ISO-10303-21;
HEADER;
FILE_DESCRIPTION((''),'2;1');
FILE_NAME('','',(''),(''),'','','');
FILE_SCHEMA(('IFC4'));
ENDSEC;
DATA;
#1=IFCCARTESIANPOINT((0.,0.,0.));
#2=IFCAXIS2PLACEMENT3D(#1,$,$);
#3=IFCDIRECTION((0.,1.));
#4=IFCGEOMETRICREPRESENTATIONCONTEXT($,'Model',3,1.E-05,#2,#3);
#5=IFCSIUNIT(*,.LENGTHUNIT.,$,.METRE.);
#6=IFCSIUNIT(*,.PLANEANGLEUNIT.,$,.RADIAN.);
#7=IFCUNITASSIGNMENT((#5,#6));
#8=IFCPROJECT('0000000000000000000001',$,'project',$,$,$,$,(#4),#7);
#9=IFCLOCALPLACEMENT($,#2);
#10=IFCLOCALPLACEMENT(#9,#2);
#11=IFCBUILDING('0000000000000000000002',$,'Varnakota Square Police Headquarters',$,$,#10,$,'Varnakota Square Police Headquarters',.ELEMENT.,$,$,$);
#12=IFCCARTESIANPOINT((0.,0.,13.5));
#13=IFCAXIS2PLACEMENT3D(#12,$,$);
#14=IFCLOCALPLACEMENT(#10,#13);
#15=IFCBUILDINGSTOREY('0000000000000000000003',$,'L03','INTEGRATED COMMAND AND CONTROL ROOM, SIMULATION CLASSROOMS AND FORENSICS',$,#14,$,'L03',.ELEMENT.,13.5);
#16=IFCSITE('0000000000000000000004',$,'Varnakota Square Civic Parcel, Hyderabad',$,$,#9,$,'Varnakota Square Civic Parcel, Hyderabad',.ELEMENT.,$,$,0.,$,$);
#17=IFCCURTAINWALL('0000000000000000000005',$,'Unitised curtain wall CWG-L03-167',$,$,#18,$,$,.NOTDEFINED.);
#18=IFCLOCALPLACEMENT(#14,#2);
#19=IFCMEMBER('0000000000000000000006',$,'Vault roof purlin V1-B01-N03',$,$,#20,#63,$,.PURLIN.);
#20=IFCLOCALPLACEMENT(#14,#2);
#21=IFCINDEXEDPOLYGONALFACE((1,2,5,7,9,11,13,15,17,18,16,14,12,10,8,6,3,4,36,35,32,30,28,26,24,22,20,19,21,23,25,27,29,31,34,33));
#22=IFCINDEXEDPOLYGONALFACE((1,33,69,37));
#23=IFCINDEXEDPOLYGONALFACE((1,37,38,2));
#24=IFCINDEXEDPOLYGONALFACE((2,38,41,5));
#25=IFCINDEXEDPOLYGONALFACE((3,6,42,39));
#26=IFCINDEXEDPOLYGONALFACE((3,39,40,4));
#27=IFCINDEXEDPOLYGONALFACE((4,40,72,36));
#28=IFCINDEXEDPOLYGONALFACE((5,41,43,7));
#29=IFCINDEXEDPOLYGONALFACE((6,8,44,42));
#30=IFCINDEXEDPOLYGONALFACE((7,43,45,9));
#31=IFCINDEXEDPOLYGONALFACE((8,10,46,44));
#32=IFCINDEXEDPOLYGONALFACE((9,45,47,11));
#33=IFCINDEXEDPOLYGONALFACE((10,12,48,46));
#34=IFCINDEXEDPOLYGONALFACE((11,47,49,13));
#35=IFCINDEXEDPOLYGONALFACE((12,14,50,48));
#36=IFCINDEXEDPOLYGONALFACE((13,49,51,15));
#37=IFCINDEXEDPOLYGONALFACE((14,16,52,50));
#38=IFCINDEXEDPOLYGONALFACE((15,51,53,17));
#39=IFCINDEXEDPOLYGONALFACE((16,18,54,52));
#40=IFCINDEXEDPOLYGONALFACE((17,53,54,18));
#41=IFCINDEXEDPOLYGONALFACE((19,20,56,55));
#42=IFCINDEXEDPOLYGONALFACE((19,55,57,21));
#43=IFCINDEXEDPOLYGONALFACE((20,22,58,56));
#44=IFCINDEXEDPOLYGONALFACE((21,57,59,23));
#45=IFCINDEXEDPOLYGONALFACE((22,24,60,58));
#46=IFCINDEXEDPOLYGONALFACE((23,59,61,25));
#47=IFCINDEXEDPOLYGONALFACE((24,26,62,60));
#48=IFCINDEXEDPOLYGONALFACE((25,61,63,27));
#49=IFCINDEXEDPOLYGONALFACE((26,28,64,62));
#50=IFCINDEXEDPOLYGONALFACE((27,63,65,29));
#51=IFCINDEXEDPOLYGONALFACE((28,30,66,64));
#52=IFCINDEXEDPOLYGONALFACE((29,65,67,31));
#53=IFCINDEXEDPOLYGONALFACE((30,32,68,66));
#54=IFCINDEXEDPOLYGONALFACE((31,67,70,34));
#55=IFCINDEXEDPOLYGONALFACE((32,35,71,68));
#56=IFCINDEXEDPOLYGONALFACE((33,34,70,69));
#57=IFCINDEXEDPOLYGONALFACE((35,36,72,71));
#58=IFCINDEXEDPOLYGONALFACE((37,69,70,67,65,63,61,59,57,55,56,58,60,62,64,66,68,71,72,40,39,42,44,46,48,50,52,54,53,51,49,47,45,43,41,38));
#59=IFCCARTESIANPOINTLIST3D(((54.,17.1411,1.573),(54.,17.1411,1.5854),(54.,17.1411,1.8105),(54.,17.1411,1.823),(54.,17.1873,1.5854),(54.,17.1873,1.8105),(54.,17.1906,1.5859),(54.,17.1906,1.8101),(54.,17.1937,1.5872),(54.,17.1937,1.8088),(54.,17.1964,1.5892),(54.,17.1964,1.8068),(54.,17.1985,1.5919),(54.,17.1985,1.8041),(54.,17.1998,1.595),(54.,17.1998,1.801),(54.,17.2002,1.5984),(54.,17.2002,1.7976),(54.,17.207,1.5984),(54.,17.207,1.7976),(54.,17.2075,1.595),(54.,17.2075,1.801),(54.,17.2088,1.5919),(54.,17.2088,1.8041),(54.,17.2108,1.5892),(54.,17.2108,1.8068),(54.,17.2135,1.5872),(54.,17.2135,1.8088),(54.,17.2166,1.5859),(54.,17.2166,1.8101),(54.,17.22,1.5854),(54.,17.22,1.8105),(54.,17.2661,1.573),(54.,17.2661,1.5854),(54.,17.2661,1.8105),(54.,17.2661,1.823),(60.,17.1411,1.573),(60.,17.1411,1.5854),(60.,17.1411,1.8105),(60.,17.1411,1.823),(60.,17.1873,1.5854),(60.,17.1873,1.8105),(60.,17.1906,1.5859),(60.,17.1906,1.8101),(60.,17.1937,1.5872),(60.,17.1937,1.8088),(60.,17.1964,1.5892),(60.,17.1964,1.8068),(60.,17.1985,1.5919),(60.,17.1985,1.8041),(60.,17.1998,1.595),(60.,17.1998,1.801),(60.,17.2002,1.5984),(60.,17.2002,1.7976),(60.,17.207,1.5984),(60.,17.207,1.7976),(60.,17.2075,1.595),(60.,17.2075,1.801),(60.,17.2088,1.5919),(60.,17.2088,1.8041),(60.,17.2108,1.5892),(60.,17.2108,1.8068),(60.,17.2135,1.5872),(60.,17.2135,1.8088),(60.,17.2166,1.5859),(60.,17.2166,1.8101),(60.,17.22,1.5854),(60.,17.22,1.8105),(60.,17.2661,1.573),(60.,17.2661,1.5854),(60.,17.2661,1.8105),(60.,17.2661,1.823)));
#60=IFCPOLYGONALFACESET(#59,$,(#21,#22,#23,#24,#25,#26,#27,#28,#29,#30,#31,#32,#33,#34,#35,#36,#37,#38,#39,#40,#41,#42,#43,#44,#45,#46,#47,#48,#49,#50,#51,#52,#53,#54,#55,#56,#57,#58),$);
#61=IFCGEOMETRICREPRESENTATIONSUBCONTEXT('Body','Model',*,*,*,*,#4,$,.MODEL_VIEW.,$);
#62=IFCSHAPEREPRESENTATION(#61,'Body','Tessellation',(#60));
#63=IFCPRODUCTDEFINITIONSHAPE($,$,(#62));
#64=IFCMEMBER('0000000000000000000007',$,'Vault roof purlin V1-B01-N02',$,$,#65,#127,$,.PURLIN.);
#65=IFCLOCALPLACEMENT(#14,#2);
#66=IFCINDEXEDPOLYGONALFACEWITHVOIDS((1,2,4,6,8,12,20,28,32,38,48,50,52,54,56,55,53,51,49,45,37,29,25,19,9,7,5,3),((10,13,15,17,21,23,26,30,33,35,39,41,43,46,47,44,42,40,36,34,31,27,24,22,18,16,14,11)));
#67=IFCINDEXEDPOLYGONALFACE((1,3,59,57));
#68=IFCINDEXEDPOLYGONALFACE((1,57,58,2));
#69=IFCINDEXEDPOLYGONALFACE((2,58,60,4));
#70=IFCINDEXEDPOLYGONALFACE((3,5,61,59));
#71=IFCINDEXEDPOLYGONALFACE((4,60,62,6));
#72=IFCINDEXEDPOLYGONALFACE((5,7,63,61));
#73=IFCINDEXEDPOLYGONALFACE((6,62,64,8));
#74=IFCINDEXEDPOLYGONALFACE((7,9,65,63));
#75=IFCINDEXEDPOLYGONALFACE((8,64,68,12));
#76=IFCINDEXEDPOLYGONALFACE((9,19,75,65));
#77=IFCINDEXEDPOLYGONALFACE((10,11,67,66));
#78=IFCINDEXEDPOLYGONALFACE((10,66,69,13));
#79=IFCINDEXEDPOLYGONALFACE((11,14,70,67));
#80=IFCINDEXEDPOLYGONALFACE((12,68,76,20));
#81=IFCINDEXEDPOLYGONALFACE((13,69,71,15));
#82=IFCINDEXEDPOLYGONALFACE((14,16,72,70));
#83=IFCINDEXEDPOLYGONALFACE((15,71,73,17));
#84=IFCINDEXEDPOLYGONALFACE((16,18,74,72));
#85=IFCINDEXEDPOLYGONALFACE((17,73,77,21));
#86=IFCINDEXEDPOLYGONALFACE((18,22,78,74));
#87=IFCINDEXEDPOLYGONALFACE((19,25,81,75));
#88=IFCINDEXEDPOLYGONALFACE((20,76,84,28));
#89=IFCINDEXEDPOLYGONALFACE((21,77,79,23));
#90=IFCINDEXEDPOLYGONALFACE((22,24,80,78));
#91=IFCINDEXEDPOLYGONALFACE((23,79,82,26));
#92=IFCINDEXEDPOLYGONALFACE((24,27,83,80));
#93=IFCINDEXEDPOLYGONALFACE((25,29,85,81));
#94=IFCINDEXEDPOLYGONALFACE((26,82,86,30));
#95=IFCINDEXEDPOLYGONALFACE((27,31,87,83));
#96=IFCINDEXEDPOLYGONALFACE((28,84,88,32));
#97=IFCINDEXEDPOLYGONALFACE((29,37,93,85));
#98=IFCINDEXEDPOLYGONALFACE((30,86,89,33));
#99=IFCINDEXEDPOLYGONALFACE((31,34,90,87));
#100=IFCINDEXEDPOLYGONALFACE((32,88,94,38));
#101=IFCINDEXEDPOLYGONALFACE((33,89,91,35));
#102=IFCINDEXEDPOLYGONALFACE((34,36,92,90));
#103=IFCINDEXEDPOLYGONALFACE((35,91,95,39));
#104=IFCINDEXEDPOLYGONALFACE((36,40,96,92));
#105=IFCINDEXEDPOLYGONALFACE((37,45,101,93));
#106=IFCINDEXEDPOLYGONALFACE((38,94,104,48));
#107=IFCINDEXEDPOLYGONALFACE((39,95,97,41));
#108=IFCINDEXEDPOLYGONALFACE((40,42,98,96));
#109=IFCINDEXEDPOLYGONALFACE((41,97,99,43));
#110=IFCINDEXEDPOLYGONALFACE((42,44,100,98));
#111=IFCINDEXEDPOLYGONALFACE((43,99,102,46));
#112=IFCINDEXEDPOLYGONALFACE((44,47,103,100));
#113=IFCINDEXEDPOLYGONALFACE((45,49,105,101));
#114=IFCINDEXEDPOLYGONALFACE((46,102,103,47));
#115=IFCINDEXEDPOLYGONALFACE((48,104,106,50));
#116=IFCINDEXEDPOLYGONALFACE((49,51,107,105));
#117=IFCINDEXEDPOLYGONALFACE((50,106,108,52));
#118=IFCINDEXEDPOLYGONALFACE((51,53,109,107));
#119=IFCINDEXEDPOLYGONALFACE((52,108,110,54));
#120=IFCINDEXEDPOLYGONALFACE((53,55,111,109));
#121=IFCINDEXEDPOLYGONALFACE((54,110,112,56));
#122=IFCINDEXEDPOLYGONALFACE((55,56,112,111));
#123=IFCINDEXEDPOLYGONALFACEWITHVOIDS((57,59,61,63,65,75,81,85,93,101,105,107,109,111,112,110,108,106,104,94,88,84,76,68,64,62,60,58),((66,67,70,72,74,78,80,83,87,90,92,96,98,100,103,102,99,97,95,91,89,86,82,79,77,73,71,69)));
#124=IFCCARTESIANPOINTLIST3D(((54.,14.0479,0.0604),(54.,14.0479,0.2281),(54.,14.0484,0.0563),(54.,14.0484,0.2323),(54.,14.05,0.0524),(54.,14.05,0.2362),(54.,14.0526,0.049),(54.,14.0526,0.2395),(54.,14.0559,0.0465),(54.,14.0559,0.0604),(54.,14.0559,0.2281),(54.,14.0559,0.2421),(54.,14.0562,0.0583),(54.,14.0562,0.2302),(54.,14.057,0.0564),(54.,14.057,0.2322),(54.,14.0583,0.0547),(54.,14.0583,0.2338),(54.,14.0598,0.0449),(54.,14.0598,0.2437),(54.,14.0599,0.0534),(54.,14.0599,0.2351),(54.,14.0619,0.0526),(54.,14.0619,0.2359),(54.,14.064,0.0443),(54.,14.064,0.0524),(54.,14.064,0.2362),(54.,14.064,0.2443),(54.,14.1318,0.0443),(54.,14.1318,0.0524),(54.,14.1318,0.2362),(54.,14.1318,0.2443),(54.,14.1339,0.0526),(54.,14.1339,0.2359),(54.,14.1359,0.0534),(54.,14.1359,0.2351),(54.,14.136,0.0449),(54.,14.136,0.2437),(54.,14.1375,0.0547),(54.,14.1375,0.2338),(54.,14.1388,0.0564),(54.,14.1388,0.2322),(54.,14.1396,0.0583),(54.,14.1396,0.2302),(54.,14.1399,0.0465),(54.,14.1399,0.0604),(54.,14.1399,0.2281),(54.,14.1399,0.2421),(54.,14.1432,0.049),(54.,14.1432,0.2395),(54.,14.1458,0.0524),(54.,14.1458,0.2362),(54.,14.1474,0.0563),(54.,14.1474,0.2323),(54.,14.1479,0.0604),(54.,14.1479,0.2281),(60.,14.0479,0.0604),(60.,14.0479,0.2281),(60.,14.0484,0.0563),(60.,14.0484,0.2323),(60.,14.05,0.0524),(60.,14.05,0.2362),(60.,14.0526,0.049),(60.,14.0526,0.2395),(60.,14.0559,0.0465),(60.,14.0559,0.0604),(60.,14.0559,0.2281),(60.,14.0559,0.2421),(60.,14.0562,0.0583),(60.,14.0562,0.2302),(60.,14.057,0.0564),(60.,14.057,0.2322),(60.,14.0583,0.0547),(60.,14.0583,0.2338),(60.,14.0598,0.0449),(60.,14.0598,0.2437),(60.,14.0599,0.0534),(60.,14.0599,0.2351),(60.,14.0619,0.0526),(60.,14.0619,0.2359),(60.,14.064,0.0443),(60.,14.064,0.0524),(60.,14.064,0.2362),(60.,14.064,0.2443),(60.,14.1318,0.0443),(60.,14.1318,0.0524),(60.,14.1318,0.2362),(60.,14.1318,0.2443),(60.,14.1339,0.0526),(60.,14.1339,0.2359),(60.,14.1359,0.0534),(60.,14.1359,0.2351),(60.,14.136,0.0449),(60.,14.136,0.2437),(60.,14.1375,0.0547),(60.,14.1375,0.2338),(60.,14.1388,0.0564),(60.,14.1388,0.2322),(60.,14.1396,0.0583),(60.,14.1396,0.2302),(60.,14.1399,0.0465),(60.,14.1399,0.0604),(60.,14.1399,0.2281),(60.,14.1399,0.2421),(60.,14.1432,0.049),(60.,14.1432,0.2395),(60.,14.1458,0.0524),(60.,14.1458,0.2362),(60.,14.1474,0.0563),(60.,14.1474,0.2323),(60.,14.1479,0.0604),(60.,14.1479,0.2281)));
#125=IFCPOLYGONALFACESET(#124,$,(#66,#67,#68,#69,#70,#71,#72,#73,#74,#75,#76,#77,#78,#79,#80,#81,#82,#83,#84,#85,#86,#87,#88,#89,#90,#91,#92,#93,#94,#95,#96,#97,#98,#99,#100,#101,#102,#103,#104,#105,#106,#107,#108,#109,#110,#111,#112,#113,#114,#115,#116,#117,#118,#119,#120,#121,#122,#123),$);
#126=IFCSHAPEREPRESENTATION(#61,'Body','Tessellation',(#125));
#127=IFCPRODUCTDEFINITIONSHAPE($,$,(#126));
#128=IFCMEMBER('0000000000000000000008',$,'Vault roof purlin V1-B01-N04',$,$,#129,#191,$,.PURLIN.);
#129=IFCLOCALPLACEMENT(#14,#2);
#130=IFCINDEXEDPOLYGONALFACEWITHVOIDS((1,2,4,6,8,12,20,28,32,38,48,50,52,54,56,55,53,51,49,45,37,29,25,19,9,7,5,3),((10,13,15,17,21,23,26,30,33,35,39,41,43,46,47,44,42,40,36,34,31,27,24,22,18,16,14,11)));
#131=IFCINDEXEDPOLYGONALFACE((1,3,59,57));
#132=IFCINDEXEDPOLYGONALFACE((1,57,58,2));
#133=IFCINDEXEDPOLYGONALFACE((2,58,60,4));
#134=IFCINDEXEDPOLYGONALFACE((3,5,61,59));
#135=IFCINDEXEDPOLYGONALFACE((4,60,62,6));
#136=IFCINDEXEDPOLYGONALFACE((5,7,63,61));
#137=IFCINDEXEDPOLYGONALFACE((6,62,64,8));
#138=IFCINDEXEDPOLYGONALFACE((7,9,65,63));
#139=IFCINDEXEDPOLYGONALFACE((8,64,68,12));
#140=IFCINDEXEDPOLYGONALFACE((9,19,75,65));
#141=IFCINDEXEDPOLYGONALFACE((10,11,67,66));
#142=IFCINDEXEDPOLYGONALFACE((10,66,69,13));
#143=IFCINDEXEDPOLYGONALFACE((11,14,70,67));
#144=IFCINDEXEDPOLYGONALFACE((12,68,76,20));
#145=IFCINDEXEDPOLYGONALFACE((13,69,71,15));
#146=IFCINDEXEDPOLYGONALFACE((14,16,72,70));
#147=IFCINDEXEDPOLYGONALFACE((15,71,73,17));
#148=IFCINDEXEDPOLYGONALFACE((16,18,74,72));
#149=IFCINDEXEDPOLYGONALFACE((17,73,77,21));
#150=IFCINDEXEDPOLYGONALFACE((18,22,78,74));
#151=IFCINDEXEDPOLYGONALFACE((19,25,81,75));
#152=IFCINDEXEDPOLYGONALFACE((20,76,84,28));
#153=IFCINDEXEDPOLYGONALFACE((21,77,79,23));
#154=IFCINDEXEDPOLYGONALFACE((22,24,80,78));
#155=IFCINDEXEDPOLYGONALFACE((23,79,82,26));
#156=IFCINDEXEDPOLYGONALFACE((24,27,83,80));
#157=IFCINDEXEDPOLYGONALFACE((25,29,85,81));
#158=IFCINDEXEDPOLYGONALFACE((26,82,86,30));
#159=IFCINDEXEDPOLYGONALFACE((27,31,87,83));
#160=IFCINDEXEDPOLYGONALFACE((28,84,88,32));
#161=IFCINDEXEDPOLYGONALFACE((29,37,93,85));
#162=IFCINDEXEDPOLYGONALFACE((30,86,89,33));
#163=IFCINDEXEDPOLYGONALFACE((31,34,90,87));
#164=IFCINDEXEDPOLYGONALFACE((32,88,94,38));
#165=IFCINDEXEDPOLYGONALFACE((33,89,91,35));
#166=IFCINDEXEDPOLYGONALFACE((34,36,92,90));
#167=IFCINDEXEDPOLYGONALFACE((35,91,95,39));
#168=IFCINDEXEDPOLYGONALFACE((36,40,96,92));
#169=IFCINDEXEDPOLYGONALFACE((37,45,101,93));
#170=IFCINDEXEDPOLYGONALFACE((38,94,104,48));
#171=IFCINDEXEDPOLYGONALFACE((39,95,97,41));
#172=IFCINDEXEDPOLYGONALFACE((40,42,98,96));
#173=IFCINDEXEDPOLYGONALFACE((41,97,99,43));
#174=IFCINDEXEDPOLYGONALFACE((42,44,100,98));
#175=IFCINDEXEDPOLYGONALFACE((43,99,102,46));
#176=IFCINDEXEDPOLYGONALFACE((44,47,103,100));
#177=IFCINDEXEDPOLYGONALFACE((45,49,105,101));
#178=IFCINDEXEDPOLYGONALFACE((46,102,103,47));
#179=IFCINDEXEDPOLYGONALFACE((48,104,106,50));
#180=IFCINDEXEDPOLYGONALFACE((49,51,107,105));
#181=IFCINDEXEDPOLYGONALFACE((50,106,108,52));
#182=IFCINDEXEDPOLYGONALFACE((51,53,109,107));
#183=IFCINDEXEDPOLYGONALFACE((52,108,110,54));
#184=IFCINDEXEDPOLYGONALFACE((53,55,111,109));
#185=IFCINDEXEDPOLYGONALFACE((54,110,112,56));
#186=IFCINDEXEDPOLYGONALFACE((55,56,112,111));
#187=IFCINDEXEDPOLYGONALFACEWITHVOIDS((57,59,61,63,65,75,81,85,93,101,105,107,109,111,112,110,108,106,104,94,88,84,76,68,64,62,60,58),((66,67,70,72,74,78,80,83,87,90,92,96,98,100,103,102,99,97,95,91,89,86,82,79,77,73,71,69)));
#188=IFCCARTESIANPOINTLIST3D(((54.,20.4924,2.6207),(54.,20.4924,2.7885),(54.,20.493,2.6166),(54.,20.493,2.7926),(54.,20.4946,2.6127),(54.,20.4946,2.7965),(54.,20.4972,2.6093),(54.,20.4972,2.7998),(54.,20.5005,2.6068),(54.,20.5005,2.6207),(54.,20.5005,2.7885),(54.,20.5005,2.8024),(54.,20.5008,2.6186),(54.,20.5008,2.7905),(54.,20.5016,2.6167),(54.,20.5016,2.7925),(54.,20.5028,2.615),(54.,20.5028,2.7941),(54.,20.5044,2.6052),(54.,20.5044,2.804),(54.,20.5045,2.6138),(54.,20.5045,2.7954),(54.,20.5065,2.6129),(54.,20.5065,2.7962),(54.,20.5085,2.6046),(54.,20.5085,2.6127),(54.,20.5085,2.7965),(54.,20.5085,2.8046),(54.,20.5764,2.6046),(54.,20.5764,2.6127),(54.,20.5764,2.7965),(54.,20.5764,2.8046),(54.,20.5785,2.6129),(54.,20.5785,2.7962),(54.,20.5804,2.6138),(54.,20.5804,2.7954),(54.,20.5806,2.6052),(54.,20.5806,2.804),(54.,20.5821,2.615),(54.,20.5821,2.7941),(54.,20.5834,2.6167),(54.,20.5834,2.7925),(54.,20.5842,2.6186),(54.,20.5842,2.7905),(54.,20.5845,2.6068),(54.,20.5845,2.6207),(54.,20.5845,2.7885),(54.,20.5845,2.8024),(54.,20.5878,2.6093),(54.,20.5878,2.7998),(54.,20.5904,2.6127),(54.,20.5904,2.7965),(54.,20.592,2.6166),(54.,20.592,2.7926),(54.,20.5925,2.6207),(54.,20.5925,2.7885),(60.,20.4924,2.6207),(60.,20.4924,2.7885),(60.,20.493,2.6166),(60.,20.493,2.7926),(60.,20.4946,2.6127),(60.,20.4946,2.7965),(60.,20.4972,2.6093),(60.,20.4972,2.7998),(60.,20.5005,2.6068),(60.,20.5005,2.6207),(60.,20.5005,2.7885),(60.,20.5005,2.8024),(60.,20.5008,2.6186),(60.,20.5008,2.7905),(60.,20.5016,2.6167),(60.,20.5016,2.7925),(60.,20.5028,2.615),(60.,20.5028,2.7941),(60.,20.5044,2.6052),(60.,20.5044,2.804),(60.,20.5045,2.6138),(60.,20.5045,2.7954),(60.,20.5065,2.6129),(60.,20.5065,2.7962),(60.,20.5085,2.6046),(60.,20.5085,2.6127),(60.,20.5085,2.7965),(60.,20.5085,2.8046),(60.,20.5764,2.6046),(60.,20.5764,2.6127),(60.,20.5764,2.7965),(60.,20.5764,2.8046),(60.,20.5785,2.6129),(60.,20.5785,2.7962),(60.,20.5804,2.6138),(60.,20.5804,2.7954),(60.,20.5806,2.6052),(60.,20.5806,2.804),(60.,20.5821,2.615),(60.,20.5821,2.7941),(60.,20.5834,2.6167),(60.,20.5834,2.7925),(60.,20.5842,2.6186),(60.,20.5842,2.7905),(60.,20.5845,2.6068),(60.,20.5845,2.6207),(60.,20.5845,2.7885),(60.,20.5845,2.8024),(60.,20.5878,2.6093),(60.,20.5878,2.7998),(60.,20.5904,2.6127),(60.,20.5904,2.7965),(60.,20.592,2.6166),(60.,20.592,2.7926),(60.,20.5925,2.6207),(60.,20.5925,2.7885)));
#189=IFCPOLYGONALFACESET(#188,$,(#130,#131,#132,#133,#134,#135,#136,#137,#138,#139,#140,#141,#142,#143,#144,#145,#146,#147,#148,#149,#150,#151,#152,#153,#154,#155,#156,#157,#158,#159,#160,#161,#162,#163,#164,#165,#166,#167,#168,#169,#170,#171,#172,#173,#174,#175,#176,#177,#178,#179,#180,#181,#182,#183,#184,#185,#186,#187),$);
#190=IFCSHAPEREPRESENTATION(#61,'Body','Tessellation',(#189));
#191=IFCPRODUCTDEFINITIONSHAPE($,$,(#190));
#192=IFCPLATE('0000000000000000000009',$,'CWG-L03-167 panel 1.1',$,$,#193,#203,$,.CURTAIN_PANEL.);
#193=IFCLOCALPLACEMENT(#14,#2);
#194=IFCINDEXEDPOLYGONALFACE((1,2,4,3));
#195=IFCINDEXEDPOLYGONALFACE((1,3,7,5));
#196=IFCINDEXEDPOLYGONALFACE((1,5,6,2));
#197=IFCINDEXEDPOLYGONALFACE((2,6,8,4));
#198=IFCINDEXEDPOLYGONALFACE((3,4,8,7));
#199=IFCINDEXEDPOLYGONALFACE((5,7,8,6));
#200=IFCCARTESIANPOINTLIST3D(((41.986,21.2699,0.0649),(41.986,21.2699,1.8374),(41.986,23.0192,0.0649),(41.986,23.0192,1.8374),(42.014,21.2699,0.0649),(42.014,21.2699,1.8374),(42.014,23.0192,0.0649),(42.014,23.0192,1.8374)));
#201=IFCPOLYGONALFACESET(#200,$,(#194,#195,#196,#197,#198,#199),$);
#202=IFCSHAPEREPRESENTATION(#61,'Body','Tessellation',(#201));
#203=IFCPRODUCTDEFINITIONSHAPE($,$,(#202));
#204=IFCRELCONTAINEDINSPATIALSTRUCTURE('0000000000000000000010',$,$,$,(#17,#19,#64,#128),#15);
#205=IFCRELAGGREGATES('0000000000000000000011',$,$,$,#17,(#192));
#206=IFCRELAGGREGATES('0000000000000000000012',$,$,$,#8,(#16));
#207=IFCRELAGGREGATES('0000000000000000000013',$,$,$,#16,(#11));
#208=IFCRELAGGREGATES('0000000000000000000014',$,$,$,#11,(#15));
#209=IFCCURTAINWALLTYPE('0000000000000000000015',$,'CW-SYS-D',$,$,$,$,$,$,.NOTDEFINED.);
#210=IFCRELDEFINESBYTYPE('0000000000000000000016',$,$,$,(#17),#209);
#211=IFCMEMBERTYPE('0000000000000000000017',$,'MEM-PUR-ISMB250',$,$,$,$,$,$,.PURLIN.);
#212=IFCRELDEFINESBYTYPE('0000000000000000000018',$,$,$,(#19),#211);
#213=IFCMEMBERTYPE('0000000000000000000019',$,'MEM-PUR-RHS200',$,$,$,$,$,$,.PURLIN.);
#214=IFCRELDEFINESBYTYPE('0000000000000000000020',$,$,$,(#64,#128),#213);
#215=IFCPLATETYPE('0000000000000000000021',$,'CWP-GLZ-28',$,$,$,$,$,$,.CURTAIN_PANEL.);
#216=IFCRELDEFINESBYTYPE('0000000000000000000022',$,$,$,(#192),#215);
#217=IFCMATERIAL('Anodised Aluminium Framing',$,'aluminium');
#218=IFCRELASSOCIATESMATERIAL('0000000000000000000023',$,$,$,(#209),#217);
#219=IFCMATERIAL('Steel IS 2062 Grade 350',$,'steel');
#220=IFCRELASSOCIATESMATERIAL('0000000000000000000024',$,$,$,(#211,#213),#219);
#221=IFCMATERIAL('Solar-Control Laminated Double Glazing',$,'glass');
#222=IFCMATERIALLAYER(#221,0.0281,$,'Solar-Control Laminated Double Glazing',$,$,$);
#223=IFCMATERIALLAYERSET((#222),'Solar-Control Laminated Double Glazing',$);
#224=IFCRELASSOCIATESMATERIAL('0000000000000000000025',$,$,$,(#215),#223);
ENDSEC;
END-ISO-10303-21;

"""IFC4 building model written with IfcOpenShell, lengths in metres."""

from ifc_helpers import new_model, si_unit, direction, frame, origin, origin_2d, place, context, subcontext, project, spatial, rectangle, hollow_rectangle, i_section, extrude, material, layer, layer_set, material_profile, profile_set, type_object, element, aggregate, save


model = new_model("IFC4")

# Units and contexts
model_context = context("Model", 3, precision=1e-05, world=origin(), true_north=direction((0.0, 1.0)))
body_context = subcontext(model_context, "Body", "Model", "MODEL_VIEW")
ifc_project = project(units=[si_unit("LENGTHUNIT", "METRE"), si_unit("PLANEANGLEUNIT", "RADIAN")], contexts=[model_context])

# Site, building, storey
site_placement = place(None, origin())
site = spatial("IfcSite", under=ifc_project, at=site_placement, Name="Varnakota Square Civic Parcel, Hyderabad", LongName="Varnakota Square Civic Parcel, Hyderabad", CompositionType="ELEMENT", RefElevation=0.0)
building_placement = place(site_placement, origin())
building = spatial("IfcBuilding", under=site, at=building_placement, Name="Varnakota Square Police Headquarters", LongName="Varnakota Square Police Headquarters", CompositionType="ELEMENT")
storey_placement = place(building_placement, frame((0.0, 0.0, 13.5)))
storey = spatial("IfcBuildingStorey", under=building, at=storey_placement, Name="L03", Description="INTEGRATED COMMAND AND CONTROL ROOM, SIMULATION CLASSROOMS AND FORENSICS", LongName="L03", CompositionType="ELEMENT", Elevation=13.5)

# Shared definitions
ifc_material_1 = material(Name="Steel IS 2062 Grade 350", Category="steel")

# Curtain wall
ifc_material_2 = material(Name="Anodised Aluminium Framing", Category="aluminium")
curtain_wall_type = type_object("IfcCurtainWallType", Name="CW-SYS-D", PredefinedType="NOTDEFINED", material=ifc_material_2)
curtain_wall_placement = place(storey_placement, origin())
curtain_wall = element("IfcCurtainWall", 1, at=curtain_wall_placement, inside=storey, type_object=curtain_wall_type, Name="Unitised curtain wall CWG-L03-167", PredefinedType="NOTDEFINED")

# Members
ifc_material_profile_1 = material_profile(ifc_material_1, i_section(OverallWidth=0.125, OverallDepth=0.25, WebThickness=0.0068, FlangeThickness=0.0125, FilletRadius=0.0129, at=origin_2d()), Name="ISMB 250")
ifc_profile_set_1 = profile_set([ifc_material_profile_1], Name="Steel IS 2062 Grade 350")
member_type_1 = type_object("IfcMemberType", Name="MEM-PUR-ISMB250", PredefinedType="PURLIN", material=ifc_profile_set_1)
member_1_placement = place(storey_placement, frame((54.0, 17.2036, 1.698), z_axis=(1.0, 0.0, 0.0), x_axis=(0.0, 1.0, 0.0)))
element("IfcMember", 2, at=member_1_placement, inside=storey, type_object=member_type_1, Name="Vault roof purlin V1-B01-N03", PredefinedType="PURLIN", context=body_context, shape_type="SweptSolid", body=[
    extrude(i_section(OverallWidth=0.125, OverallDepth=0.25, WebThickness=0.0068, FlangeThickness=0.0125, FilletRadius=0.0129, at=origin_2d()), origin(), (0.0, 0.0, 1.0), 6.0),
])
ifc_material_profile_2 = material_profile(ifc_material_1, hollow_rectangle(XDim=0.1001, YDim=0.2, WallThickness=0.0081, InnerFilletRadius=0.0081, OuterFilletRadius=0.0161, at=origin_2d()), Name="RHS 200x100x8")
ifc_profile_set_2 = profile_set([ifc_material_profile_2], Name="Steel IS 2062 Grade 350")
member_type_2 = type_object("IfcMemberType", Name="MEM-PUR-RHS200", PredefinedType="PURLIN", material=ifc_profile_set_2)
for number, where, z_axis, x_axis, name in (
    (3, (54.0, 14.0979, 0.1443), (1.0, 0.0, 0.0), (0.0, 1.0, 0.0), "Vault roof purlin V1-B01-N02"),
    (4, (54.0, 20.5425, 2.7046), (1.0, 0.0, 0.0), (0.0, 1.0, 0.0), "Vault roof purlin V1-B01-N04"),
):
    element("IfcMember", number, at=place(storey_placement, frame(where, z_axis=z_axis, x_axis=x_axis)), inside=storey, type_object=member_type_2, Name=name, PredefinedType="PURLIN", context=body_context, shape_type="SweptSolid", body=[
        extrude(hollow_rectangle(XDim=0.1001, YDim=0.2, WallThickness=0.0081, InnerFilletRadius=0.0081, OuterFilletRadius=0.0161, at=origin_2d()), origin(), (0.0, 0.0, 1.0), 6.0),
    ])

# Plate
ifc_material_3 = material(Name="Solar-Control Laminated Double Glazing", Category="glass")
ifc_layer_1 = layer(ifc_material_3, 0.0281, Name="Solar-Control Laminated Double Glazing")
ifc_layer_set_1 = layer_set([ifc_layer_1], Name="Solar-Control Laminated Double Glazing")
plate_type_1 = type_object("IfcPlateType", Name="CWP-GLZ-28", PredefinedType="CURTAIN_PANEL", material=ifc_layer_set_1)
plate_1_placement = place(storey_placement, frame((42.0, 22.1445, 0.0649), z_axis=(0.0, 0.0, 1.0), x_axis=(0.0, 1.0, 0.0)))
plate_1 = element("IfcPlate", 5, at=plate_1_placement, type_object=plate_type_1, Name="CWG-L03-167 panel 1.1", PredefinedType="CURTAIN_PANEL", context=body_context, shape_type="SweptSolid", body=[
    extrude(rectangle(XDim=1.7493, YDim=0.0281, at=origin_2d()), origin(), (0.0, 0.0, 1.0), 1.7725),
])
aggregate(curtain_wall, [plate_1])

save(model, "model.ifc")
